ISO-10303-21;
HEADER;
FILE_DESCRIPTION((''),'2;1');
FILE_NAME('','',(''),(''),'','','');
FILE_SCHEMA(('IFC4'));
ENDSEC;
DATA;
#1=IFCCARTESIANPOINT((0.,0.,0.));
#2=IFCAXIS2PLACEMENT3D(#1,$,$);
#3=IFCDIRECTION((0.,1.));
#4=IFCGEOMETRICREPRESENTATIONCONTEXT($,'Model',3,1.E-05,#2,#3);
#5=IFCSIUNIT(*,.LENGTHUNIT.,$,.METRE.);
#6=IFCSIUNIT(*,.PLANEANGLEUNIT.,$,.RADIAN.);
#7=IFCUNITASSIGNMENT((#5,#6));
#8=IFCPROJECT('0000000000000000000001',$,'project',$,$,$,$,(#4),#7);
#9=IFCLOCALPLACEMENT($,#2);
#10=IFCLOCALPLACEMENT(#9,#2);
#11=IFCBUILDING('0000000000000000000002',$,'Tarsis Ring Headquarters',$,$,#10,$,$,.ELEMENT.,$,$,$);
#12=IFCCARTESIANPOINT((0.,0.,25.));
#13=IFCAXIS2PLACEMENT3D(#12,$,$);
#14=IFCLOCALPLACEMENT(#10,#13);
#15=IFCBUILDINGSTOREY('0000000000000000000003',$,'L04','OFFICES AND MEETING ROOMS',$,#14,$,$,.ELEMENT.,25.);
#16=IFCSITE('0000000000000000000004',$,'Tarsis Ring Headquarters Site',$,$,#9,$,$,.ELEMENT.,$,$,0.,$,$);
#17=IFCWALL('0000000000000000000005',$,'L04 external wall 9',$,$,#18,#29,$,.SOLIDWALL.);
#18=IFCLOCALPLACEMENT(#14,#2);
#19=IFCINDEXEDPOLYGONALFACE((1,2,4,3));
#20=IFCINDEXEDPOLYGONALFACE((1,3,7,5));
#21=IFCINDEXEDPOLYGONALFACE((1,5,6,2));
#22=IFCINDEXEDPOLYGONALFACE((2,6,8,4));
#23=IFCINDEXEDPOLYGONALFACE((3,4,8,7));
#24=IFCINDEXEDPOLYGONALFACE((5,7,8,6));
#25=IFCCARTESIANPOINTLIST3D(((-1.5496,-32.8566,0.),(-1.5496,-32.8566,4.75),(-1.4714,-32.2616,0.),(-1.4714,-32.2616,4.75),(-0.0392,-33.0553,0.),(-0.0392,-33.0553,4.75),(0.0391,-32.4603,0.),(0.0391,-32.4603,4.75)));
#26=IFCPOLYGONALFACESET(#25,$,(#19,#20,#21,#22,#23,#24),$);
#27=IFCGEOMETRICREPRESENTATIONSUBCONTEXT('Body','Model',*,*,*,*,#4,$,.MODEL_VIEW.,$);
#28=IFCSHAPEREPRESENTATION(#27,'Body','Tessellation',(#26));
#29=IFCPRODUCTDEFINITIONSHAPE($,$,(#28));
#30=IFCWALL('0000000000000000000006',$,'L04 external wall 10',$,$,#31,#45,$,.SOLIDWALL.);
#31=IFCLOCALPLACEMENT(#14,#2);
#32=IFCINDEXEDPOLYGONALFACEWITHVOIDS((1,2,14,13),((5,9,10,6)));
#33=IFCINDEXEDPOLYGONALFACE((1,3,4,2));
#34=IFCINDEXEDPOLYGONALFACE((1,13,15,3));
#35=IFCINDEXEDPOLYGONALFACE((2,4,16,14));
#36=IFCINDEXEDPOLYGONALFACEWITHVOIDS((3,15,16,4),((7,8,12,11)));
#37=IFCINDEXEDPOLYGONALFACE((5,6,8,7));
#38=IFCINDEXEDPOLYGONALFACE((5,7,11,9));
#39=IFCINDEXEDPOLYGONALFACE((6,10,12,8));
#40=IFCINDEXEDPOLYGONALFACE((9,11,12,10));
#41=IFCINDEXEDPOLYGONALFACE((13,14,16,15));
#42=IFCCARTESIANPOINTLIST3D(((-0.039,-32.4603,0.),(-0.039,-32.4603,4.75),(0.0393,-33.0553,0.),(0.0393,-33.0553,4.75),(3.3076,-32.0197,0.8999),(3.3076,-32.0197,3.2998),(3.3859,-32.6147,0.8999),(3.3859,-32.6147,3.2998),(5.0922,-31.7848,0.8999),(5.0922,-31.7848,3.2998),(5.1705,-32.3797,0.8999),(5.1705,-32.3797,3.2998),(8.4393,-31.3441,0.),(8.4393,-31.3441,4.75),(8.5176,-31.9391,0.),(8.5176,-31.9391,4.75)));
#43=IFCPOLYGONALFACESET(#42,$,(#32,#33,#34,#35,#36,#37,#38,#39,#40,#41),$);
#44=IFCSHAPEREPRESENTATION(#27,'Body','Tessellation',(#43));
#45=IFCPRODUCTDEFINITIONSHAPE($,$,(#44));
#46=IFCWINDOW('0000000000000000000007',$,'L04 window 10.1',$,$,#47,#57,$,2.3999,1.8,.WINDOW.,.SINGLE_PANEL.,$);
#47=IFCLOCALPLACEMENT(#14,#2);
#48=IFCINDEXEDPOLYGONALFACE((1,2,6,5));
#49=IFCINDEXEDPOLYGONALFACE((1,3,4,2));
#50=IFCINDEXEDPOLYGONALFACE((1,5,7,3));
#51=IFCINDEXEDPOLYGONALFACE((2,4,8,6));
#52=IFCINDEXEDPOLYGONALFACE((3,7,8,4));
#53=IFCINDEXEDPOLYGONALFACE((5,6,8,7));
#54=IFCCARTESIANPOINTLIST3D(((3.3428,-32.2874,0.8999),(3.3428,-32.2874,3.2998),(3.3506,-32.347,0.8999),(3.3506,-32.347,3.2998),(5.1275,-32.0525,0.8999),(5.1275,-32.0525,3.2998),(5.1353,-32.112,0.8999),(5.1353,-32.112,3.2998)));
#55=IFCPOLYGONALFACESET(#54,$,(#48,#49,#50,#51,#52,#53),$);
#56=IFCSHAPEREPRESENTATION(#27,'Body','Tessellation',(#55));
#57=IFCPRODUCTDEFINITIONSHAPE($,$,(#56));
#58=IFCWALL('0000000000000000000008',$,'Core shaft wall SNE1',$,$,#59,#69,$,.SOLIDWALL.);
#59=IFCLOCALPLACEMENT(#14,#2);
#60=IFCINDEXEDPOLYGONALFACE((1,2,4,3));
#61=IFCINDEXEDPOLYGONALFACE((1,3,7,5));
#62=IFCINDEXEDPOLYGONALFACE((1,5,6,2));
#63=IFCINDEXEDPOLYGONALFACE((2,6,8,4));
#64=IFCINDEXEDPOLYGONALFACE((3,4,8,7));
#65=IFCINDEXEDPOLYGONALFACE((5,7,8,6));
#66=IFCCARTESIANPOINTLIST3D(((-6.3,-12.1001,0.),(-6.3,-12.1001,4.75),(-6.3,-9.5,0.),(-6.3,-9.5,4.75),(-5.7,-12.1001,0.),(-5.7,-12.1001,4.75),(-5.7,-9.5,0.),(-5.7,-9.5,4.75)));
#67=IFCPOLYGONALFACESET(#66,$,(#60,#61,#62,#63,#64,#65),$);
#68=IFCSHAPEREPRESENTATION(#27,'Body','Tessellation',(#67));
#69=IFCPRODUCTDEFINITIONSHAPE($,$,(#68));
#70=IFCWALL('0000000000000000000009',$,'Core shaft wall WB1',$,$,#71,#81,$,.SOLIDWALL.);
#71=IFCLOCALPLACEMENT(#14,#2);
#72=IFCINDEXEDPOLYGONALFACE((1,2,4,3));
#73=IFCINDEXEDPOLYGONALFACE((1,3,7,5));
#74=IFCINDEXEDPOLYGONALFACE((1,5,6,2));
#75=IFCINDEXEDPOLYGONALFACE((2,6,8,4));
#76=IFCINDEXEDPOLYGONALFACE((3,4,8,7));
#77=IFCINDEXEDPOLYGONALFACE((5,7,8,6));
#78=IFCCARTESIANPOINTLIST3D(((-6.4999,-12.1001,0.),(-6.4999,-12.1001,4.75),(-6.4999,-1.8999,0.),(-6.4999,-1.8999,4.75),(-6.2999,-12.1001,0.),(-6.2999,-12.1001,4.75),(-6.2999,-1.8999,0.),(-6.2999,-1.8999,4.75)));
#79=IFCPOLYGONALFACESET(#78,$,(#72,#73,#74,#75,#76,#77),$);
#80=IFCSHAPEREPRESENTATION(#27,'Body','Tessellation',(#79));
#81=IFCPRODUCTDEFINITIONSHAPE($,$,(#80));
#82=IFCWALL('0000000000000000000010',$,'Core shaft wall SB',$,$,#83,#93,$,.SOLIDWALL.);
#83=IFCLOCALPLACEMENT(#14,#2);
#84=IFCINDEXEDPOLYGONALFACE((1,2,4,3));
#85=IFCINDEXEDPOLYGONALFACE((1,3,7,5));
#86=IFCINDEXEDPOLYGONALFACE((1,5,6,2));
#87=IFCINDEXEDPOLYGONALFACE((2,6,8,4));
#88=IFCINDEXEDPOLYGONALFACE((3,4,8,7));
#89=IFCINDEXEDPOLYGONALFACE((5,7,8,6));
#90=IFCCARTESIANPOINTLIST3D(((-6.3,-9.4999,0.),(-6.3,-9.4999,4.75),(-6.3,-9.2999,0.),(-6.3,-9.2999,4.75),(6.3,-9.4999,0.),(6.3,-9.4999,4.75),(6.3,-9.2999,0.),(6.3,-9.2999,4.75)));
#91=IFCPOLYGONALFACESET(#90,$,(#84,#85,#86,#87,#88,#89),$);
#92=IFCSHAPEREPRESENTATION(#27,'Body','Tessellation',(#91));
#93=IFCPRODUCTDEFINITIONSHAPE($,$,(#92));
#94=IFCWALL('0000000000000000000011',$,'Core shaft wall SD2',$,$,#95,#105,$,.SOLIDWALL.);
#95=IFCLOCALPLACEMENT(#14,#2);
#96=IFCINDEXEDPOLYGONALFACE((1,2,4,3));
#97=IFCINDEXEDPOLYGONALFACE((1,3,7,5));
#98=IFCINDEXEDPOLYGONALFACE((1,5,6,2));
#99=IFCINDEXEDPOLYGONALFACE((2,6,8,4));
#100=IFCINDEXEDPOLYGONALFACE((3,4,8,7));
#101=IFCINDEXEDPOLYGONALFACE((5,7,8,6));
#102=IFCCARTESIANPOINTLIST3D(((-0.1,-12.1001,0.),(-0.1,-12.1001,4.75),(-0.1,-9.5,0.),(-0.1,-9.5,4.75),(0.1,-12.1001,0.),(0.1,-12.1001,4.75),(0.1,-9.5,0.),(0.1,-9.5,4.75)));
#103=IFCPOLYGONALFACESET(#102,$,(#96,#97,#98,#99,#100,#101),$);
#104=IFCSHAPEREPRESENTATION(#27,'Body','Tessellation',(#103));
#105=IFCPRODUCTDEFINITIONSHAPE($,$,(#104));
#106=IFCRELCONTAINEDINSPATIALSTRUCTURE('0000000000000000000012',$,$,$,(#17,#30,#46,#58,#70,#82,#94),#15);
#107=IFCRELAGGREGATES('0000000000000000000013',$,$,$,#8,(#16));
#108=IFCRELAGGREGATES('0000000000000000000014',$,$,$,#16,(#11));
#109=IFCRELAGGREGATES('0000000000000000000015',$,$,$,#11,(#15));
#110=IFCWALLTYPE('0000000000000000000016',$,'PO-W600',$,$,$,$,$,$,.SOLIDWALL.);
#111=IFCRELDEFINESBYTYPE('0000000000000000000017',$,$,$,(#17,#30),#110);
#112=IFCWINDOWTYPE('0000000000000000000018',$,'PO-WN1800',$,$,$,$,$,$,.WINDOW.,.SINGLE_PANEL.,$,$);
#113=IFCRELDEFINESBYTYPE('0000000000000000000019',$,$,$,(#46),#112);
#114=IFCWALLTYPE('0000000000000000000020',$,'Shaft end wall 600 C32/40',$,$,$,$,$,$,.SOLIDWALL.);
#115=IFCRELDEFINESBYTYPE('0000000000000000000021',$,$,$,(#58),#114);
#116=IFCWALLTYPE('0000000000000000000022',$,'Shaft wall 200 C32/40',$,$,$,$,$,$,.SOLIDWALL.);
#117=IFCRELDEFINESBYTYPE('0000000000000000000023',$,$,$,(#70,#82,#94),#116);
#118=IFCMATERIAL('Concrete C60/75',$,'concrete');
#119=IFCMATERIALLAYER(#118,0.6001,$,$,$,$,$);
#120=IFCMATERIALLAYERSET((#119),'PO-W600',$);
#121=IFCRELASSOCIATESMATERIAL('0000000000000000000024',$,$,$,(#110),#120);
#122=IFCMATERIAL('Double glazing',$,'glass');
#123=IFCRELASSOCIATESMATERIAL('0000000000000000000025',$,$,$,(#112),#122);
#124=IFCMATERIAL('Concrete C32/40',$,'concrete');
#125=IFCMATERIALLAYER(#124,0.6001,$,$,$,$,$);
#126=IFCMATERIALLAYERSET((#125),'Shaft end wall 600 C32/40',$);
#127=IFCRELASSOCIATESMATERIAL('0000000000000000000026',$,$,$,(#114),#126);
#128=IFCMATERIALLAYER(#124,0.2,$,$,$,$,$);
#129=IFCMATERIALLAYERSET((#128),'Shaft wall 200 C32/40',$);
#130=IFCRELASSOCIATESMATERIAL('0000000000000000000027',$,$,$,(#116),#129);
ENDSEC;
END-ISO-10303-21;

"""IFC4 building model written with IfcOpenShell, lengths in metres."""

from ifc_helpers import new_model, si_unit, direction, frame, frame_2d, origin, place, context, subcontext, project, spatial, rectangle, extrude, material, layer, layer_set, type_object, element, fill, save


model = new_model("IFC4")

# Units and contexts
model_context = context("Model", 3, precision=1e-05, world=origin(), true_north=direction((0.0, 1.0)))
body_context = subcontext(model_context, "Body", "Model", "MODEL_VIEW")
ifc_project = project(units=[si_unit("LENGTHUNIT", "METRE"), si_unit("PLANEANGLEUNIT", "RADIAN")], contexts=[model_context])

# Site, building, storey
site_placement = place(None, origin())
site = spatial("IfcSite", under=ifc_project, at=site_placement, Name="Tarsis Ring Headquarters Site", CompositionType="ELEMENT", RefElevation=0.0)
building_placement = place(site_placement, origin())
building = spatial("IfcBuilding", under=site, at=building_placement, Name="Tarsis Ring Headquarters", CompositionType="ELEMENT")
storey_placement = place(building_placement, frame((0.0, 0.0, 25.0)))
storey = spatial("IfcBuildingStorey", under=building, at=storey_placement, Name="L04", Description="OFFICES AND MEETING ROOMS", CompositionType="ELEMENT", Elevation=25.0)

# Shared definitions
ifc_material_1 = material(Name="Concrete C60/75", Category="concrete")

# Wall
ifc_layer_1 = layer(ifc_material_1, 0.6001)
ifc_layer_set_1 = layer_set([ifc_layer_1], Name="PO-W600")
wall_type_1 = type_object("IfcWallType", Name="PO-W600", PredefinedType="SOLIDWALL", material=ifc_layer_set_1)
wall_1_placement = place(storey_placement, frame((-1.5105, -32.5591, 0.0), z_axis=(0.0, 0.0, 1.0), x_axis=(0.991456, -0.130442, 0.0)))
element("IfcWall", 1, at=wall_1_placement, inside=storey, type_object=wall_type_1, Name="L04 external wall 9", PredefinedType="SOLIDWALL", context=body_context, shape_type="SweptSolid", body=[
    extrude(rectangle(XDim=1.5234, YDim=0.6001, at=frame_2d((0.7617, 0.0))), origin(), (0.0, 0.0, 1.0), 4.75),
])

# Wall, opening, window
wall_2_placement = place(storey_placement, frame((0.0, -32.7578, 0.0), z_axis=(0.0, 0.0, 1.0), x_axis=(0.991444, 0.130529, 0.0)))
wall_2 = element("IfcWall", 2, at=wall_2_placement, inside=storey, type_object=wall_type_1, Name="L04 external wall 10", PredefinedType="SOLIDWALL", context=body_context, shape_type="SweptSolid", body=[
    extrude(rectangle(XDim=8.5515, YDim=0.6001, at=frame_2d((4.2759, 0.0))), origin(), (0.0, 0.0, 1.0), 4.75),
])
opening_1_placement = place(wall_2_placement, frame((3.3757, 0.0, 0.8999)))
opening_1 = element("IfcOpeningElement", 3, at=opening_1_placement, cuts=wall_2, PredefinedType="OPENING", context=body_context, shape_type="SweptSolid", body=[
    extrude(rectangle(XDim=1.8, YDim=2.3999, at=frame_2d((0.8999, 1.2))), frame((0.0, 0.3101, 0.0), z_axis=(0.0, -1.0, 0.0), x_axis=(1.0, 0.0, 0.0)), (0.0, 0.0, 1.0), 0.6201),
])
ifc_material_2 = material(Name="Double glazing", Category="glass")
window_type = type_object("IfcWindowType", Name="PO-WN1800", PartitioningType="SINGLE_PANEL", PredefinedType="WINDOW", material=ifc_material_2)
window_placement = place(opening_1_placement, origin())
window = element("IfcWindow", 4, at=window_placement, inside=storey, type_object=window_type, Name="L04 window 10.1", OverallHeight=2.3999, OverallWidth=1.8, PartitioningType="SINGLE_PANEL", PredefinedType="WINDOW", context=body_context, shape_type="SweptSolid", body=[
    extrude(rectangle(XDim=1.8, YDim=2.3999, at=frame_2d((0.8999, 1.2))), frame((0.0, 0.03, 0.0), z_axis=(0.0, -1.0, 0.0), x_axis=(1.0, 0.0, 0.0)), (0.0, 0.0, 1.0), 0.0601),
])
fill(opening_1, window)

# Walls
ifc_material_3 = material(Name="Concrete C32/40", Category="concrete")
ifc_layer_2 = layer(ifc_material_3, 0.6001)
ifc_layer_set_2 = layer_set([ifc_layer_2], Name="Shaft end wall 600 C32/40")
wall_type_2 = type_object("IfcWallType", Name="Shaft end wall 600 C32/40", PredefinedType="SOLIDWALL", material=ifc_layer_set_2)
wall_3_placement = place(storey_placement, frame((-6.0, -12.1001, 0.0), z_axis=(0.0, 0.0, 1.0), x_axis=(0.0, 1.0, 0.0)))
element("IfcWall", 5, at=wall_3_placement, inside=storey, type_object=wall_type_2, Name="Core shaft wall SNE1", PredefinedType="SOLIDWALL", context=body_context, shape_type="SweptSolid", body=[
    extrude(rectangle(XDim=2.6001, YDim=0.6001, at=frame_2d((1.3, 0.0))), origin(), (0.0, 0.0, 1.0), 4.75),
])
ifc_layer_3 = layer(ifc_material_3, 0.2)
ifc_layer_set_3 = layer_set([ifc_layer_3], Name="Shaft wall 200 C32/40")
wall_type_3 = type_object("IfcWallType", Name="Shaft wall 200 C32/40", PredefinedType="SOLIDWALL", material=ifc_layer_set_3)
wall_4_placement = place(storey_placement, frame((-6.3999, -12.1001, 0.0), z_axis=(0.0, 0.0, 1.0), x_axis=(0.0, 1.0, 0.0)))
element("IfcWall", 6, at=wall_4_placement, inside=storey, type_object=wall_type_3, Name="Core shaft wall WB1", PredefinedType="SOLIDWALL", context=body_context, shape_type="SweptSolid", body=[
    extrude(rectangle(XDim=10.2002, YDim=0.2, at=frame_2d((5.1001, 0.0))), origin(), (0.0, 0.0, 1.0), 4.75),
])
wall_5_placement = place(storey_placement, frame((-6.3, -9.3999, 0.0), z_axis=(0.0, 0.0, 1.0), x_axis=(1.0, 0.0, 0.0)))
element("IfcWall", 7, at=wall_5_placement, inside=storey, type_object=wall_type_3, Name="Core shaft wall SB", PredefinedType="SOLIDWALL", context=body_context, shape_type="SweptSolid", body=[
    extrude(rectangle(XDim=12.6001, YDim=0.2, at=frame_2d((6.3, 0.0))), origin(), (0.0, 0.0, 1.0), 4.75),
])
wall_6_placement = place(storey_placement, frame((0.0, -12.1001, 0.0), z_axis=(0.0, 0.0, 1.0), x_axis=(0.0, 1.0, 0.0)))
element("IfcWall", 8, at=wall_6_placement, inside=storey, type_object=wall_type_3, Name="Core shaft wall SD2", PredefinedType="SOLIDWALL", context=body_context, shape_type="SweptSolid", body=[
    extrude(rectangle(XDim=2.6001, YDim=0.2, at=frame_2d((1.3, 0.0))), origin(), (0.0, 0.0, 1.0), 4.75),
])

save(model, "model.ifc")
